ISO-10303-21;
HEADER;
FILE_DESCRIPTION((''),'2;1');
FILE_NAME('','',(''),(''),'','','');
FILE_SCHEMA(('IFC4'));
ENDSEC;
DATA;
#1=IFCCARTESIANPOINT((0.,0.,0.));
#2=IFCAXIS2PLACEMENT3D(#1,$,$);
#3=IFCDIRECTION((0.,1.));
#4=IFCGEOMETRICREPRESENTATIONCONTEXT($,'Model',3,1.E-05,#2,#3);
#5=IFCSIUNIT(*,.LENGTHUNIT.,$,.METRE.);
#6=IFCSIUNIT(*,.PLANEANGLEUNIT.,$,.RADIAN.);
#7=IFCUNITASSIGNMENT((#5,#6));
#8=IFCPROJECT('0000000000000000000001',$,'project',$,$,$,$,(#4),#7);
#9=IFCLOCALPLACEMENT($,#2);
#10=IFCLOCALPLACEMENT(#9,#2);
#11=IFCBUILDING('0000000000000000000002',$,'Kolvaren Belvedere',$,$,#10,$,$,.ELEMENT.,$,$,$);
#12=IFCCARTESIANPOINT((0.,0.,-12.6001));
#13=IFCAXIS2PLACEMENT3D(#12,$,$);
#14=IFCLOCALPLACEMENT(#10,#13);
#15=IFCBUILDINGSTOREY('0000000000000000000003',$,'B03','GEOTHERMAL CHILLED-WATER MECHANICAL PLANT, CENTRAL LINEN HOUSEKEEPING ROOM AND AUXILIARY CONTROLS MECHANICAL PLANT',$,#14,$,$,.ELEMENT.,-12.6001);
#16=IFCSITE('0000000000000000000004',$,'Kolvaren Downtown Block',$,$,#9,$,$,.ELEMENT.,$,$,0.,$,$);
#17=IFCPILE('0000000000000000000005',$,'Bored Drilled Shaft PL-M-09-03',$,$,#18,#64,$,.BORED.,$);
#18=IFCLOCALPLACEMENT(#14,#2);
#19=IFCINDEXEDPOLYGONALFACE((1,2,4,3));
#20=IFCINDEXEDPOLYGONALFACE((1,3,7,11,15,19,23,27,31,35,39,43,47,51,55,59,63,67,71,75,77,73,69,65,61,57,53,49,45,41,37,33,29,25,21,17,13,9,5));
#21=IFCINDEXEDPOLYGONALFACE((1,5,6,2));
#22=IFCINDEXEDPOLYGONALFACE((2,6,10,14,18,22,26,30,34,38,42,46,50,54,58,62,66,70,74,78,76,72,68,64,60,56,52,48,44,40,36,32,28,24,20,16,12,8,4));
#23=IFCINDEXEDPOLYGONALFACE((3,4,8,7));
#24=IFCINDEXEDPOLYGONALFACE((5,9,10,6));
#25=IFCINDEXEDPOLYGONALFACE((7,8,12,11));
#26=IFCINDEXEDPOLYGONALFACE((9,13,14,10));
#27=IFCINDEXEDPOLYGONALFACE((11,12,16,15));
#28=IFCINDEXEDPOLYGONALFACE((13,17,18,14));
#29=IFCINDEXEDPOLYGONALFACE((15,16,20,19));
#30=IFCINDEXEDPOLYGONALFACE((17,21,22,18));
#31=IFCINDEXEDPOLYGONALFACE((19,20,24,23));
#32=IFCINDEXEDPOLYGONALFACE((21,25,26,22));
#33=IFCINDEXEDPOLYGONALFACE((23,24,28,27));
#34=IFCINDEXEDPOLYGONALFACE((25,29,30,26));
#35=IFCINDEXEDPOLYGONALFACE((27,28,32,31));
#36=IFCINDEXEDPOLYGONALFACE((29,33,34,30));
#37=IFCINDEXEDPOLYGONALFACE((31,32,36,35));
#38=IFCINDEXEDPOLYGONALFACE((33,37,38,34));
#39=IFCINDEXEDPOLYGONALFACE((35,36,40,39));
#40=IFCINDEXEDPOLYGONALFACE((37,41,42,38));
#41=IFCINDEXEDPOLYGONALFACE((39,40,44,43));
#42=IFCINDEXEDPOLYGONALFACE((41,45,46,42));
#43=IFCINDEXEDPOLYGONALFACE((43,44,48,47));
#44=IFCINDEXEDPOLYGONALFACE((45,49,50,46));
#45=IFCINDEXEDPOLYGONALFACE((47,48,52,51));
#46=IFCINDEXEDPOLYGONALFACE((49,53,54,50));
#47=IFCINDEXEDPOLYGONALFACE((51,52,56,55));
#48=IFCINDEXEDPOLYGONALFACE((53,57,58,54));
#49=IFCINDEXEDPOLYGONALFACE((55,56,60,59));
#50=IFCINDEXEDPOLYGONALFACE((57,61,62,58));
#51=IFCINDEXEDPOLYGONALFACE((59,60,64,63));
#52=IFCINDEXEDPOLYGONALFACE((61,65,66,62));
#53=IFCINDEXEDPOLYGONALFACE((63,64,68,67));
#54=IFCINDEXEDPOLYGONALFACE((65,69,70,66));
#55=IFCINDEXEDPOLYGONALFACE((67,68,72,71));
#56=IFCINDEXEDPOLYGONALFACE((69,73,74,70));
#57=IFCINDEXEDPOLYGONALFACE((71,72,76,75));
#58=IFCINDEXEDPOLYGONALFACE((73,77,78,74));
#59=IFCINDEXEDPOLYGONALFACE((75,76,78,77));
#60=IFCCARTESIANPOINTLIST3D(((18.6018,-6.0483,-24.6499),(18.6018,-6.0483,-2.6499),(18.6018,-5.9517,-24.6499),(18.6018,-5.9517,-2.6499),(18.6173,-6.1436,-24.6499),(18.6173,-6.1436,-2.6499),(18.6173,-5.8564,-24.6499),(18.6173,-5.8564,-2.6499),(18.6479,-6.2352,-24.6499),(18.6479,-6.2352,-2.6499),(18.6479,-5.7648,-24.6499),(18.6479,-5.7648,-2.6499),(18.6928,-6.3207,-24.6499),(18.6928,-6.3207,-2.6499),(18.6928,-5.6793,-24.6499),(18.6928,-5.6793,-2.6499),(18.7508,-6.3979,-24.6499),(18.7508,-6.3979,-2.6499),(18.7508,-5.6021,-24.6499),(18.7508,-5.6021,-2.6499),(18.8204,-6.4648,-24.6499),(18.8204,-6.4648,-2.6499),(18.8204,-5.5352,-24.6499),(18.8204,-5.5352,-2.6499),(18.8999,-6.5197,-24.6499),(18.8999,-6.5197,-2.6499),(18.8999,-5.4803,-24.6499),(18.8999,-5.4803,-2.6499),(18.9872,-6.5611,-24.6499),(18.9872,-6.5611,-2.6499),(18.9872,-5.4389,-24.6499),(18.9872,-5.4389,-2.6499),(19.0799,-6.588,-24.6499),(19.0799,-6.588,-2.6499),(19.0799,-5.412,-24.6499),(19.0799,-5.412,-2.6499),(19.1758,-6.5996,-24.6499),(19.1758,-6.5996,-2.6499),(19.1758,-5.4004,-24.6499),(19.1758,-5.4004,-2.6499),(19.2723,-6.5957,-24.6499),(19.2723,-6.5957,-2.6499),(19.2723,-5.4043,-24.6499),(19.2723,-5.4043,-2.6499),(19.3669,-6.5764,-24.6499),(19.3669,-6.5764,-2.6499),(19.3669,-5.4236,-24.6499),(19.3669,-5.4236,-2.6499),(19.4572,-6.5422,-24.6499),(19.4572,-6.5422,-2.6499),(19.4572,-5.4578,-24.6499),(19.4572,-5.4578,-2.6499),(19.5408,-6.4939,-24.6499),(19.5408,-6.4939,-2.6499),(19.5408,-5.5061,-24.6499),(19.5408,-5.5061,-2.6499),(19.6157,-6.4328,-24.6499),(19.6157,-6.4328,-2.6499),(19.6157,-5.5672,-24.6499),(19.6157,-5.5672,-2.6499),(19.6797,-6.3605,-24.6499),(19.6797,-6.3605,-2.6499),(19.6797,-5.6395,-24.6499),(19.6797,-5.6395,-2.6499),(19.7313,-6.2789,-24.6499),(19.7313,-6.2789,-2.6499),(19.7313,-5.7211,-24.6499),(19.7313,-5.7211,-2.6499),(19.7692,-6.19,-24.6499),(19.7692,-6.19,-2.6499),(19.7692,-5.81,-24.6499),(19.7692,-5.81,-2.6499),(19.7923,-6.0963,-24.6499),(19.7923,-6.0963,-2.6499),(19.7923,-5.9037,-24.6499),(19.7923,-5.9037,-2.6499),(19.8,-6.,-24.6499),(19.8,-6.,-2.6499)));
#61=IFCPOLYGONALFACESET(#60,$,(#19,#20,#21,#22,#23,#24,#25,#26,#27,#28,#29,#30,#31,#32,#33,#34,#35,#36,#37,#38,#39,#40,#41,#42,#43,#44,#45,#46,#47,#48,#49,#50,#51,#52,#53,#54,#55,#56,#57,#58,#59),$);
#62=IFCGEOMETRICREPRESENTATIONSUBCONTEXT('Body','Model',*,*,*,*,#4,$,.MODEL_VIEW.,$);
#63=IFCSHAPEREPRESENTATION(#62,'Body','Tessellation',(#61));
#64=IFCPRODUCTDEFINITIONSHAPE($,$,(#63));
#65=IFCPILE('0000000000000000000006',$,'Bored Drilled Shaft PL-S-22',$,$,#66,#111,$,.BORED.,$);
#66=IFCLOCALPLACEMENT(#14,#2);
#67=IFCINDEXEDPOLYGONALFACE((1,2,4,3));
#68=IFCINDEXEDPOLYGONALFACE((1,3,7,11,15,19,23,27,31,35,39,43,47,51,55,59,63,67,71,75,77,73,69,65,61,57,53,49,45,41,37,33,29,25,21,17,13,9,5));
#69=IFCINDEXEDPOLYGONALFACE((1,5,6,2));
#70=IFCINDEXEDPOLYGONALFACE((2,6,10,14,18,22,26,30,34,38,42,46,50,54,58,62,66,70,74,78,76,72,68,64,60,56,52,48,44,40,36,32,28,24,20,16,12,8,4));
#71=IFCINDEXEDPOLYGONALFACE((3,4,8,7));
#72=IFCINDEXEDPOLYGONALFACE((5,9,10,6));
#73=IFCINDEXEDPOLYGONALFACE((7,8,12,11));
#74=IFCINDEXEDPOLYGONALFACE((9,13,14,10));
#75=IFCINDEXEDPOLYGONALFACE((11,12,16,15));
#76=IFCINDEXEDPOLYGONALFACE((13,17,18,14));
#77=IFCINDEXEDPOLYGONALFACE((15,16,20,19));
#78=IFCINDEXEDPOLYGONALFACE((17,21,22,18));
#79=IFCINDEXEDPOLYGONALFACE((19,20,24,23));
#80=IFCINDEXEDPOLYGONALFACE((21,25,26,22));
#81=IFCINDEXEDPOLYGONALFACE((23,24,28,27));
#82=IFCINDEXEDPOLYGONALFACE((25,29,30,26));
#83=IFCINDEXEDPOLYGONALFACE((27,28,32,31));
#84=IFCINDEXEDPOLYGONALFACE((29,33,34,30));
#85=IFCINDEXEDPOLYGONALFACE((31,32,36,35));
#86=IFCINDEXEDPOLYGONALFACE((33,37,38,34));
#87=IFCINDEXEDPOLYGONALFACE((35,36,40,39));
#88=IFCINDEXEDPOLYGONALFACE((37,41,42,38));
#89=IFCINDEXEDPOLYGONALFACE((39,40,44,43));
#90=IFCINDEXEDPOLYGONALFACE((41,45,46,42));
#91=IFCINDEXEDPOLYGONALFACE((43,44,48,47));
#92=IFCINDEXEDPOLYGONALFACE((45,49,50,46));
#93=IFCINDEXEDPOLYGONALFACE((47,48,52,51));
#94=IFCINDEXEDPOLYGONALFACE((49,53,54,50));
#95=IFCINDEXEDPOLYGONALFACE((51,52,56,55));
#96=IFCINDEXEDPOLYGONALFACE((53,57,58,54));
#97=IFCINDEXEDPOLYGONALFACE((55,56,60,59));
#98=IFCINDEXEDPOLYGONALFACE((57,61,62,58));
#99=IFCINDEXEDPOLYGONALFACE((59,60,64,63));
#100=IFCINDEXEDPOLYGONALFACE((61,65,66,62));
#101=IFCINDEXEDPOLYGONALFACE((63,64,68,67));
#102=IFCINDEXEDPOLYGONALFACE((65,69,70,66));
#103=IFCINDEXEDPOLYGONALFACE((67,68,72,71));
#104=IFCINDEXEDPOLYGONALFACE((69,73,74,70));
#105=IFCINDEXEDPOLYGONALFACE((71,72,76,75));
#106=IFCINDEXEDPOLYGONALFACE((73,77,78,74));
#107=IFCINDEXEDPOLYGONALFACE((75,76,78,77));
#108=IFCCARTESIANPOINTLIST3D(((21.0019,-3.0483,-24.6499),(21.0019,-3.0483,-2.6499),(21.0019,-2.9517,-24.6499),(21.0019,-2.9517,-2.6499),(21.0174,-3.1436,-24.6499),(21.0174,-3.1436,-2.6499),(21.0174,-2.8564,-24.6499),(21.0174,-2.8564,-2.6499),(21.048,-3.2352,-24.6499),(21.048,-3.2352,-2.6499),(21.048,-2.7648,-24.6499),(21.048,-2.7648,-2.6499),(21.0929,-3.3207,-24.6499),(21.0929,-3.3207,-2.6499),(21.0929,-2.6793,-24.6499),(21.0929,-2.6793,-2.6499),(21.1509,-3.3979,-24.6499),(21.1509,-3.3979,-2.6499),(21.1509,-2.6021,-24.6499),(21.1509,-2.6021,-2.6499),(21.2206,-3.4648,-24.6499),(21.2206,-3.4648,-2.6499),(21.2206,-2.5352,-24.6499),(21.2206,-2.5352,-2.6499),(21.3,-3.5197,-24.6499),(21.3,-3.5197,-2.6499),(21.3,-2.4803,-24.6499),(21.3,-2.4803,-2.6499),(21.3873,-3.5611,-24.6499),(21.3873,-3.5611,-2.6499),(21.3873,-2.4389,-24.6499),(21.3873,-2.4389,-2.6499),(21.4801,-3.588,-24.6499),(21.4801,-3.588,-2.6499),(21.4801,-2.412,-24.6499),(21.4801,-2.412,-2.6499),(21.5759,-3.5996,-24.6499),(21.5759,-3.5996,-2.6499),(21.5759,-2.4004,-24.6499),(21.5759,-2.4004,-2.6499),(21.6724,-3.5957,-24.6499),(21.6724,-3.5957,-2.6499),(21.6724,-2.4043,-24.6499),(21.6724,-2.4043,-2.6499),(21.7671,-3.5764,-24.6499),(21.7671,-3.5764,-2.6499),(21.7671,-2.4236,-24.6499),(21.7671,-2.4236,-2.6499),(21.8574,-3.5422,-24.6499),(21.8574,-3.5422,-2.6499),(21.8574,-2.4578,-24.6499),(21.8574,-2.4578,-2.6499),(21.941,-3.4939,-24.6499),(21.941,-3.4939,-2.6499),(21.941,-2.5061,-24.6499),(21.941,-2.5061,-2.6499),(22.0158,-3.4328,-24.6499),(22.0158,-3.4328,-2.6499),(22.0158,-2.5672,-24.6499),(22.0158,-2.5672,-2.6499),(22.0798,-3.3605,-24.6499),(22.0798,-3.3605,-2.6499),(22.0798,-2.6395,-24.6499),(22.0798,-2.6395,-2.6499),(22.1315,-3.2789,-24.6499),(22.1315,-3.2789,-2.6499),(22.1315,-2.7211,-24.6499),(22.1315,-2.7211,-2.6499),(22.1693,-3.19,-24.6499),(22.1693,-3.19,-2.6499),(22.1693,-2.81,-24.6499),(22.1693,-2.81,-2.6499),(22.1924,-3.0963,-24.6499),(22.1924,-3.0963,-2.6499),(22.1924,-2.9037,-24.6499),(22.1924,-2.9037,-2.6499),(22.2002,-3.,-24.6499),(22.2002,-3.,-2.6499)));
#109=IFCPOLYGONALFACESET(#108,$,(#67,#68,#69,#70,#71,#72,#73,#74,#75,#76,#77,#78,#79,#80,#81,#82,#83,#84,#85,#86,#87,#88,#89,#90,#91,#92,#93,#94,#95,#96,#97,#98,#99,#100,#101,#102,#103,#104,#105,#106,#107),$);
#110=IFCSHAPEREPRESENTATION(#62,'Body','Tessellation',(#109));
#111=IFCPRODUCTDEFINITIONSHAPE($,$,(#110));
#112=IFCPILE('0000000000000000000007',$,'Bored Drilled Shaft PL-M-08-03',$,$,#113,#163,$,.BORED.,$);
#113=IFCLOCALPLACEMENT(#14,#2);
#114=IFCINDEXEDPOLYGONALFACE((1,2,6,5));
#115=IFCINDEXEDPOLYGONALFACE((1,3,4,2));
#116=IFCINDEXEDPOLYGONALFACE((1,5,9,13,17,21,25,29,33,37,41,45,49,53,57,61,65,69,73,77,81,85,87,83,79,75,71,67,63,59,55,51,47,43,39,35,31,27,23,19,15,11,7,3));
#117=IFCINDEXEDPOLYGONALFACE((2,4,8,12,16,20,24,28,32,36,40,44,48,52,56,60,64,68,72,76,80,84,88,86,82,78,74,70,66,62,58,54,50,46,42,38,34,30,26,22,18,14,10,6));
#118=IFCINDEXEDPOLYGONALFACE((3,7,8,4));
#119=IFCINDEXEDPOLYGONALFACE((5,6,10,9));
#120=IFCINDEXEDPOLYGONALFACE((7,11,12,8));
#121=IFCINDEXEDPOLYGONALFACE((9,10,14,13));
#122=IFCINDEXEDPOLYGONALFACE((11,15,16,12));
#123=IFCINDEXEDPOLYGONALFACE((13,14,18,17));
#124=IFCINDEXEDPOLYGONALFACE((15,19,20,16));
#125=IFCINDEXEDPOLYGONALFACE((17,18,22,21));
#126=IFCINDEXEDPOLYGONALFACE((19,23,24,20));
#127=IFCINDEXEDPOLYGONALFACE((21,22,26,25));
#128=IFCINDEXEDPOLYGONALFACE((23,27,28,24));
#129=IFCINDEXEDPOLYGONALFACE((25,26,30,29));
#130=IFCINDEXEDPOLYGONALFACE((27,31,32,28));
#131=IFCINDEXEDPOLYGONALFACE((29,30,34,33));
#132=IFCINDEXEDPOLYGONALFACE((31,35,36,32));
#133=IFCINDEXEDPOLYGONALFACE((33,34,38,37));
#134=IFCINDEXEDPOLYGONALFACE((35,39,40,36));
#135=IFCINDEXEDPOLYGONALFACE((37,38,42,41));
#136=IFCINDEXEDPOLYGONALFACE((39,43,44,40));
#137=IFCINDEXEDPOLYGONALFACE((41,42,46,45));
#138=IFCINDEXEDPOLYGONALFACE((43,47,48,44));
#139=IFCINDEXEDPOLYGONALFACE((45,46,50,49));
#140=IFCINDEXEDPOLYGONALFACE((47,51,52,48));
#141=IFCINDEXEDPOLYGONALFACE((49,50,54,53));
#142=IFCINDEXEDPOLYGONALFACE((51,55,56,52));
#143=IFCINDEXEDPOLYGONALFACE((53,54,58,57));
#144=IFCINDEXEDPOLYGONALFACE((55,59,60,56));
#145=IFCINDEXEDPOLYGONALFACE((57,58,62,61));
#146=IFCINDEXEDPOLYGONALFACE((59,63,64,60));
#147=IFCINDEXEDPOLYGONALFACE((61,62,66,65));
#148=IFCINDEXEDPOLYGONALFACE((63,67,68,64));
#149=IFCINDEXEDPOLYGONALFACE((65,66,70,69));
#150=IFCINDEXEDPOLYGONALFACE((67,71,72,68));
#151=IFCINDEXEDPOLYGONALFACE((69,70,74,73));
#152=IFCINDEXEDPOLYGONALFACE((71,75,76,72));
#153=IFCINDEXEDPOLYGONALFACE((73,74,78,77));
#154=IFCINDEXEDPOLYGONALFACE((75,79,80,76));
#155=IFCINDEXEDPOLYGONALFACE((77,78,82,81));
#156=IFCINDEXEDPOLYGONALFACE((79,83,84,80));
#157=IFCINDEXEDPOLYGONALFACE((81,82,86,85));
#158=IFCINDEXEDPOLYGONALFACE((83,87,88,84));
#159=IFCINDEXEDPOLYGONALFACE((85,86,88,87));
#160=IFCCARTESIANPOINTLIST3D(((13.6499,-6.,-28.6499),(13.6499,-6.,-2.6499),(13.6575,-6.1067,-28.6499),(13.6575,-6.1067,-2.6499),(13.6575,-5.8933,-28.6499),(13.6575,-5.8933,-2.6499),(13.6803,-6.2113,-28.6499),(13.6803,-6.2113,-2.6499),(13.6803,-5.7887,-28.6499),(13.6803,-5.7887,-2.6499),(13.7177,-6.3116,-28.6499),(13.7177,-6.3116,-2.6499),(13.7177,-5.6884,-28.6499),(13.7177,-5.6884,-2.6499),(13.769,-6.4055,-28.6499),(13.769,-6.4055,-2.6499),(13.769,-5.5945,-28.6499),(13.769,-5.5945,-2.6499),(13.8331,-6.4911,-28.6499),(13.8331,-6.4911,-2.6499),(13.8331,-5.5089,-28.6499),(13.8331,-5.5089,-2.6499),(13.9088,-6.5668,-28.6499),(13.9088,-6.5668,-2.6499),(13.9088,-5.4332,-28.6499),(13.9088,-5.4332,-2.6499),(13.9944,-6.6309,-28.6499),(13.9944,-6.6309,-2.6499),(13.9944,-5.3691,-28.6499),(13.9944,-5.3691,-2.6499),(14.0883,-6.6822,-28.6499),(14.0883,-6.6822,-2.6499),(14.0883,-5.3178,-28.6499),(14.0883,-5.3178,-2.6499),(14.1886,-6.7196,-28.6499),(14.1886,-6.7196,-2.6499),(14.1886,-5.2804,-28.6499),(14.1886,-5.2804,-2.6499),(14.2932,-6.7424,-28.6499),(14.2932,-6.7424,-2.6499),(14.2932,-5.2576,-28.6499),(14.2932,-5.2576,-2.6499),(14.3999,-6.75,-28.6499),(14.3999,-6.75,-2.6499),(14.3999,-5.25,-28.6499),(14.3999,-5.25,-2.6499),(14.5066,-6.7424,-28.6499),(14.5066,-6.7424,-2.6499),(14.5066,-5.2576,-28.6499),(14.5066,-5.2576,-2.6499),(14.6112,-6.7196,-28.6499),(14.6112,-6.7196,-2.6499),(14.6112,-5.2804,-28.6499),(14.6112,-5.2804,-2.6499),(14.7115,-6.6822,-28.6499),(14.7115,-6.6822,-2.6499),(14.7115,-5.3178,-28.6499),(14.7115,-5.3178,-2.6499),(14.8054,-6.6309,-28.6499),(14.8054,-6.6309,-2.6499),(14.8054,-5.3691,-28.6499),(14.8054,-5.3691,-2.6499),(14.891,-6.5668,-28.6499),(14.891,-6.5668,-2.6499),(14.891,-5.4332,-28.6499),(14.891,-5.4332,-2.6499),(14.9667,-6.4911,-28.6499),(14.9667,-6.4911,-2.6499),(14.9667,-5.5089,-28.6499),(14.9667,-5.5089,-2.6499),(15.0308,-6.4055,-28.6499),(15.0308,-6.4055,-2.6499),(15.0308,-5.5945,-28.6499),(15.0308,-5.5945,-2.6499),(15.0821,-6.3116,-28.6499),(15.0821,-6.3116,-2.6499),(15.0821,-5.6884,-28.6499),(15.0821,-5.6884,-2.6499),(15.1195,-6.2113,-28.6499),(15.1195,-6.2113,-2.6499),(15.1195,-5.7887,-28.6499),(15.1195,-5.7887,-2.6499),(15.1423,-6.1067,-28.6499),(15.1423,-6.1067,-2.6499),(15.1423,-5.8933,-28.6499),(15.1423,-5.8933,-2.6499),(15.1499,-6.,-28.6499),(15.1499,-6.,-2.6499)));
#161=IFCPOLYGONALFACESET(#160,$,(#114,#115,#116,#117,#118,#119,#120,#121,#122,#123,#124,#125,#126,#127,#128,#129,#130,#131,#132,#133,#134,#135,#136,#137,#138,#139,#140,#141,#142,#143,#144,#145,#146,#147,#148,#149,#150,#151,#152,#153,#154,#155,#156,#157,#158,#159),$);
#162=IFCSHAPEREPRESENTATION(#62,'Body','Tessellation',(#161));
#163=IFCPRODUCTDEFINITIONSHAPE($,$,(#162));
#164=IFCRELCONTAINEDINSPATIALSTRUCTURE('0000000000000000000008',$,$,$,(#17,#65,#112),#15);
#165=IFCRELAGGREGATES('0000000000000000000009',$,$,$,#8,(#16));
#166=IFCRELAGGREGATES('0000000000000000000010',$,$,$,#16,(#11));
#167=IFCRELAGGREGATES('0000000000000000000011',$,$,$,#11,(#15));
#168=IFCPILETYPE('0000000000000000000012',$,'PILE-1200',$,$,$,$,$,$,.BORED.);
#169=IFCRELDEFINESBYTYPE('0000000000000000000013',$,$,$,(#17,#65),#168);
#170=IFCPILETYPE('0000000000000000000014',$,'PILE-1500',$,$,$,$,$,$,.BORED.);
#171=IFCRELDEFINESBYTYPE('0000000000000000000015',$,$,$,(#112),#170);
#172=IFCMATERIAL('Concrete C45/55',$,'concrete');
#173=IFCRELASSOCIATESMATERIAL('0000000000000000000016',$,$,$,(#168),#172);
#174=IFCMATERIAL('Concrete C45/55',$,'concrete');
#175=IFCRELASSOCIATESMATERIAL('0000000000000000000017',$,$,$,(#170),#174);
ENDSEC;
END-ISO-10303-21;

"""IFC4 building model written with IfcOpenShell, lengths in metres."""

from ifc_helpers import new_model, si_unit, direction, frame, origin, origin_2d, place, context, subcontext, project, spatial, circle, extrude, material, material_profile, profile_set, type_object, element, save


model = new_model("IFC4")

# Units and contexts
model_context = context("Model", 3, precision=1e-05, world=origin(), true_north=direction((0.0, 1.0)))
body_context = subcontext(model_context, "Body", "Model", "MODEL_VIEW")
ifc_project = project(units=[si_unit("LENGTHUNIT", "METRE"), si_unit("PLANEANGLEUNIT", "RADIAN")], contexts=[model_context])

# Site, building, storey
site_placement = place(None, origin())
site = spatial("IfcSite", under=ifc_project, at=site_placement, Name="Kolvaren Downtown Block", CompositionType="ELEMENT", RefElevation=0.0)
building_placement = place(site_placement, origin())
building = spatial("IfcBuilding", under=site, at=building_placement, Name="Kolvaren Belvedere", CompositionType="ELEMENT")
storey_placement = place(building_placement, frame((0.0, 0.0, -12.6001)))
storey = spatial("IfcBuildingStorey", under=building, at=storey_placement, Name="B03", Description="GEOTHERMAL CHILLED-WATER MECHANICAL PLANT, CENTRAL LINEN HOUSEKEEPING ROOM AND AUXILIARY CONTROLS MECHANICAL PLANT", CompositionType="ELEMENT", Elevation=-12.6001)

# Piles
ifc_material_1 = material(Name="Concrete C45/55", Category="concrete")
ifc_material_profile_1 = material_profile(ifc_material_1, circle(Radius=0.6001, at=origin_2d()), Name="BORED PILE D1200")
ifc_profile_set_1 = profile_set([ifc_material_profile_1], Name="Concrete C45/55")
pile_type_1 = type_object("IfcPileType", Name="PILE-1200", PredefinedType="BORED", material=ifc_profile_set_1)
for number, where, z_axis, x_axis, name in (
    (1, (19.2, -6.0, -2.6499), (0.0, 0.0, -1.0), (1.0, 0.0, 0.0), "Bored Drilled Shaft PL-M-09-03"),
    (2, (21.6001, -3.0, -2.6499), (0.0, 0.0, -1.0), (1.0, 0.0, 0.0), "Bored Drilled Shaft PL-S-22"),
):
    element("IfcPile", number, at=place(storey_placement, frame(where, z_axis=z_axis, x_axis=x_axis)), inside=storey, type_object=pile_type_1, Name=name, PredefinedType="BORED", context=body_context, shape_type="SweptSolid", body=[
        extrude(circle(Radius=0.6001, at=origin_2d()), origin(), (0.0, 0.0, 1.0), 22.0),
    ])
ifc_material_2 = material(Name="Concrete C45/55", Category="concrete")
ifc_material_profile_2 = material_profile(ifc_material_2, circle(Radius=0.75, at=origin_2d()), Name="BORED PILE D1500")
ifc_profile_set_2 = profile_set([ifc_material_profile_2], Name="Concrete C45/55")
pile_type_2 = type_object("IfcPileType", Name="PILE-1500", PredefinedType="BORED", material=ifc_profile_set_2)
pile_1_placement = place(storey_placement, frame((14.3999, -6.0, -2.6499), z_axis=(0.0, 0.0, -1.0), x_axis=(1.0, 0.0, 0.0)))
element("IfcPile", 3, at=pile_1_placement, inside=storey, type_object=pile_type_2, Name="Bored Drilled Shaft PL-M-08-03", PredefinedType="BORED", context=body_context, shape_type="SweptSolid", body=[
    extrude(circle(Radius=0.75, at=origin_2d()), origin(), (0.0, 0.0, 1.0), 26.0),
])

save(model, "model.ifc")
